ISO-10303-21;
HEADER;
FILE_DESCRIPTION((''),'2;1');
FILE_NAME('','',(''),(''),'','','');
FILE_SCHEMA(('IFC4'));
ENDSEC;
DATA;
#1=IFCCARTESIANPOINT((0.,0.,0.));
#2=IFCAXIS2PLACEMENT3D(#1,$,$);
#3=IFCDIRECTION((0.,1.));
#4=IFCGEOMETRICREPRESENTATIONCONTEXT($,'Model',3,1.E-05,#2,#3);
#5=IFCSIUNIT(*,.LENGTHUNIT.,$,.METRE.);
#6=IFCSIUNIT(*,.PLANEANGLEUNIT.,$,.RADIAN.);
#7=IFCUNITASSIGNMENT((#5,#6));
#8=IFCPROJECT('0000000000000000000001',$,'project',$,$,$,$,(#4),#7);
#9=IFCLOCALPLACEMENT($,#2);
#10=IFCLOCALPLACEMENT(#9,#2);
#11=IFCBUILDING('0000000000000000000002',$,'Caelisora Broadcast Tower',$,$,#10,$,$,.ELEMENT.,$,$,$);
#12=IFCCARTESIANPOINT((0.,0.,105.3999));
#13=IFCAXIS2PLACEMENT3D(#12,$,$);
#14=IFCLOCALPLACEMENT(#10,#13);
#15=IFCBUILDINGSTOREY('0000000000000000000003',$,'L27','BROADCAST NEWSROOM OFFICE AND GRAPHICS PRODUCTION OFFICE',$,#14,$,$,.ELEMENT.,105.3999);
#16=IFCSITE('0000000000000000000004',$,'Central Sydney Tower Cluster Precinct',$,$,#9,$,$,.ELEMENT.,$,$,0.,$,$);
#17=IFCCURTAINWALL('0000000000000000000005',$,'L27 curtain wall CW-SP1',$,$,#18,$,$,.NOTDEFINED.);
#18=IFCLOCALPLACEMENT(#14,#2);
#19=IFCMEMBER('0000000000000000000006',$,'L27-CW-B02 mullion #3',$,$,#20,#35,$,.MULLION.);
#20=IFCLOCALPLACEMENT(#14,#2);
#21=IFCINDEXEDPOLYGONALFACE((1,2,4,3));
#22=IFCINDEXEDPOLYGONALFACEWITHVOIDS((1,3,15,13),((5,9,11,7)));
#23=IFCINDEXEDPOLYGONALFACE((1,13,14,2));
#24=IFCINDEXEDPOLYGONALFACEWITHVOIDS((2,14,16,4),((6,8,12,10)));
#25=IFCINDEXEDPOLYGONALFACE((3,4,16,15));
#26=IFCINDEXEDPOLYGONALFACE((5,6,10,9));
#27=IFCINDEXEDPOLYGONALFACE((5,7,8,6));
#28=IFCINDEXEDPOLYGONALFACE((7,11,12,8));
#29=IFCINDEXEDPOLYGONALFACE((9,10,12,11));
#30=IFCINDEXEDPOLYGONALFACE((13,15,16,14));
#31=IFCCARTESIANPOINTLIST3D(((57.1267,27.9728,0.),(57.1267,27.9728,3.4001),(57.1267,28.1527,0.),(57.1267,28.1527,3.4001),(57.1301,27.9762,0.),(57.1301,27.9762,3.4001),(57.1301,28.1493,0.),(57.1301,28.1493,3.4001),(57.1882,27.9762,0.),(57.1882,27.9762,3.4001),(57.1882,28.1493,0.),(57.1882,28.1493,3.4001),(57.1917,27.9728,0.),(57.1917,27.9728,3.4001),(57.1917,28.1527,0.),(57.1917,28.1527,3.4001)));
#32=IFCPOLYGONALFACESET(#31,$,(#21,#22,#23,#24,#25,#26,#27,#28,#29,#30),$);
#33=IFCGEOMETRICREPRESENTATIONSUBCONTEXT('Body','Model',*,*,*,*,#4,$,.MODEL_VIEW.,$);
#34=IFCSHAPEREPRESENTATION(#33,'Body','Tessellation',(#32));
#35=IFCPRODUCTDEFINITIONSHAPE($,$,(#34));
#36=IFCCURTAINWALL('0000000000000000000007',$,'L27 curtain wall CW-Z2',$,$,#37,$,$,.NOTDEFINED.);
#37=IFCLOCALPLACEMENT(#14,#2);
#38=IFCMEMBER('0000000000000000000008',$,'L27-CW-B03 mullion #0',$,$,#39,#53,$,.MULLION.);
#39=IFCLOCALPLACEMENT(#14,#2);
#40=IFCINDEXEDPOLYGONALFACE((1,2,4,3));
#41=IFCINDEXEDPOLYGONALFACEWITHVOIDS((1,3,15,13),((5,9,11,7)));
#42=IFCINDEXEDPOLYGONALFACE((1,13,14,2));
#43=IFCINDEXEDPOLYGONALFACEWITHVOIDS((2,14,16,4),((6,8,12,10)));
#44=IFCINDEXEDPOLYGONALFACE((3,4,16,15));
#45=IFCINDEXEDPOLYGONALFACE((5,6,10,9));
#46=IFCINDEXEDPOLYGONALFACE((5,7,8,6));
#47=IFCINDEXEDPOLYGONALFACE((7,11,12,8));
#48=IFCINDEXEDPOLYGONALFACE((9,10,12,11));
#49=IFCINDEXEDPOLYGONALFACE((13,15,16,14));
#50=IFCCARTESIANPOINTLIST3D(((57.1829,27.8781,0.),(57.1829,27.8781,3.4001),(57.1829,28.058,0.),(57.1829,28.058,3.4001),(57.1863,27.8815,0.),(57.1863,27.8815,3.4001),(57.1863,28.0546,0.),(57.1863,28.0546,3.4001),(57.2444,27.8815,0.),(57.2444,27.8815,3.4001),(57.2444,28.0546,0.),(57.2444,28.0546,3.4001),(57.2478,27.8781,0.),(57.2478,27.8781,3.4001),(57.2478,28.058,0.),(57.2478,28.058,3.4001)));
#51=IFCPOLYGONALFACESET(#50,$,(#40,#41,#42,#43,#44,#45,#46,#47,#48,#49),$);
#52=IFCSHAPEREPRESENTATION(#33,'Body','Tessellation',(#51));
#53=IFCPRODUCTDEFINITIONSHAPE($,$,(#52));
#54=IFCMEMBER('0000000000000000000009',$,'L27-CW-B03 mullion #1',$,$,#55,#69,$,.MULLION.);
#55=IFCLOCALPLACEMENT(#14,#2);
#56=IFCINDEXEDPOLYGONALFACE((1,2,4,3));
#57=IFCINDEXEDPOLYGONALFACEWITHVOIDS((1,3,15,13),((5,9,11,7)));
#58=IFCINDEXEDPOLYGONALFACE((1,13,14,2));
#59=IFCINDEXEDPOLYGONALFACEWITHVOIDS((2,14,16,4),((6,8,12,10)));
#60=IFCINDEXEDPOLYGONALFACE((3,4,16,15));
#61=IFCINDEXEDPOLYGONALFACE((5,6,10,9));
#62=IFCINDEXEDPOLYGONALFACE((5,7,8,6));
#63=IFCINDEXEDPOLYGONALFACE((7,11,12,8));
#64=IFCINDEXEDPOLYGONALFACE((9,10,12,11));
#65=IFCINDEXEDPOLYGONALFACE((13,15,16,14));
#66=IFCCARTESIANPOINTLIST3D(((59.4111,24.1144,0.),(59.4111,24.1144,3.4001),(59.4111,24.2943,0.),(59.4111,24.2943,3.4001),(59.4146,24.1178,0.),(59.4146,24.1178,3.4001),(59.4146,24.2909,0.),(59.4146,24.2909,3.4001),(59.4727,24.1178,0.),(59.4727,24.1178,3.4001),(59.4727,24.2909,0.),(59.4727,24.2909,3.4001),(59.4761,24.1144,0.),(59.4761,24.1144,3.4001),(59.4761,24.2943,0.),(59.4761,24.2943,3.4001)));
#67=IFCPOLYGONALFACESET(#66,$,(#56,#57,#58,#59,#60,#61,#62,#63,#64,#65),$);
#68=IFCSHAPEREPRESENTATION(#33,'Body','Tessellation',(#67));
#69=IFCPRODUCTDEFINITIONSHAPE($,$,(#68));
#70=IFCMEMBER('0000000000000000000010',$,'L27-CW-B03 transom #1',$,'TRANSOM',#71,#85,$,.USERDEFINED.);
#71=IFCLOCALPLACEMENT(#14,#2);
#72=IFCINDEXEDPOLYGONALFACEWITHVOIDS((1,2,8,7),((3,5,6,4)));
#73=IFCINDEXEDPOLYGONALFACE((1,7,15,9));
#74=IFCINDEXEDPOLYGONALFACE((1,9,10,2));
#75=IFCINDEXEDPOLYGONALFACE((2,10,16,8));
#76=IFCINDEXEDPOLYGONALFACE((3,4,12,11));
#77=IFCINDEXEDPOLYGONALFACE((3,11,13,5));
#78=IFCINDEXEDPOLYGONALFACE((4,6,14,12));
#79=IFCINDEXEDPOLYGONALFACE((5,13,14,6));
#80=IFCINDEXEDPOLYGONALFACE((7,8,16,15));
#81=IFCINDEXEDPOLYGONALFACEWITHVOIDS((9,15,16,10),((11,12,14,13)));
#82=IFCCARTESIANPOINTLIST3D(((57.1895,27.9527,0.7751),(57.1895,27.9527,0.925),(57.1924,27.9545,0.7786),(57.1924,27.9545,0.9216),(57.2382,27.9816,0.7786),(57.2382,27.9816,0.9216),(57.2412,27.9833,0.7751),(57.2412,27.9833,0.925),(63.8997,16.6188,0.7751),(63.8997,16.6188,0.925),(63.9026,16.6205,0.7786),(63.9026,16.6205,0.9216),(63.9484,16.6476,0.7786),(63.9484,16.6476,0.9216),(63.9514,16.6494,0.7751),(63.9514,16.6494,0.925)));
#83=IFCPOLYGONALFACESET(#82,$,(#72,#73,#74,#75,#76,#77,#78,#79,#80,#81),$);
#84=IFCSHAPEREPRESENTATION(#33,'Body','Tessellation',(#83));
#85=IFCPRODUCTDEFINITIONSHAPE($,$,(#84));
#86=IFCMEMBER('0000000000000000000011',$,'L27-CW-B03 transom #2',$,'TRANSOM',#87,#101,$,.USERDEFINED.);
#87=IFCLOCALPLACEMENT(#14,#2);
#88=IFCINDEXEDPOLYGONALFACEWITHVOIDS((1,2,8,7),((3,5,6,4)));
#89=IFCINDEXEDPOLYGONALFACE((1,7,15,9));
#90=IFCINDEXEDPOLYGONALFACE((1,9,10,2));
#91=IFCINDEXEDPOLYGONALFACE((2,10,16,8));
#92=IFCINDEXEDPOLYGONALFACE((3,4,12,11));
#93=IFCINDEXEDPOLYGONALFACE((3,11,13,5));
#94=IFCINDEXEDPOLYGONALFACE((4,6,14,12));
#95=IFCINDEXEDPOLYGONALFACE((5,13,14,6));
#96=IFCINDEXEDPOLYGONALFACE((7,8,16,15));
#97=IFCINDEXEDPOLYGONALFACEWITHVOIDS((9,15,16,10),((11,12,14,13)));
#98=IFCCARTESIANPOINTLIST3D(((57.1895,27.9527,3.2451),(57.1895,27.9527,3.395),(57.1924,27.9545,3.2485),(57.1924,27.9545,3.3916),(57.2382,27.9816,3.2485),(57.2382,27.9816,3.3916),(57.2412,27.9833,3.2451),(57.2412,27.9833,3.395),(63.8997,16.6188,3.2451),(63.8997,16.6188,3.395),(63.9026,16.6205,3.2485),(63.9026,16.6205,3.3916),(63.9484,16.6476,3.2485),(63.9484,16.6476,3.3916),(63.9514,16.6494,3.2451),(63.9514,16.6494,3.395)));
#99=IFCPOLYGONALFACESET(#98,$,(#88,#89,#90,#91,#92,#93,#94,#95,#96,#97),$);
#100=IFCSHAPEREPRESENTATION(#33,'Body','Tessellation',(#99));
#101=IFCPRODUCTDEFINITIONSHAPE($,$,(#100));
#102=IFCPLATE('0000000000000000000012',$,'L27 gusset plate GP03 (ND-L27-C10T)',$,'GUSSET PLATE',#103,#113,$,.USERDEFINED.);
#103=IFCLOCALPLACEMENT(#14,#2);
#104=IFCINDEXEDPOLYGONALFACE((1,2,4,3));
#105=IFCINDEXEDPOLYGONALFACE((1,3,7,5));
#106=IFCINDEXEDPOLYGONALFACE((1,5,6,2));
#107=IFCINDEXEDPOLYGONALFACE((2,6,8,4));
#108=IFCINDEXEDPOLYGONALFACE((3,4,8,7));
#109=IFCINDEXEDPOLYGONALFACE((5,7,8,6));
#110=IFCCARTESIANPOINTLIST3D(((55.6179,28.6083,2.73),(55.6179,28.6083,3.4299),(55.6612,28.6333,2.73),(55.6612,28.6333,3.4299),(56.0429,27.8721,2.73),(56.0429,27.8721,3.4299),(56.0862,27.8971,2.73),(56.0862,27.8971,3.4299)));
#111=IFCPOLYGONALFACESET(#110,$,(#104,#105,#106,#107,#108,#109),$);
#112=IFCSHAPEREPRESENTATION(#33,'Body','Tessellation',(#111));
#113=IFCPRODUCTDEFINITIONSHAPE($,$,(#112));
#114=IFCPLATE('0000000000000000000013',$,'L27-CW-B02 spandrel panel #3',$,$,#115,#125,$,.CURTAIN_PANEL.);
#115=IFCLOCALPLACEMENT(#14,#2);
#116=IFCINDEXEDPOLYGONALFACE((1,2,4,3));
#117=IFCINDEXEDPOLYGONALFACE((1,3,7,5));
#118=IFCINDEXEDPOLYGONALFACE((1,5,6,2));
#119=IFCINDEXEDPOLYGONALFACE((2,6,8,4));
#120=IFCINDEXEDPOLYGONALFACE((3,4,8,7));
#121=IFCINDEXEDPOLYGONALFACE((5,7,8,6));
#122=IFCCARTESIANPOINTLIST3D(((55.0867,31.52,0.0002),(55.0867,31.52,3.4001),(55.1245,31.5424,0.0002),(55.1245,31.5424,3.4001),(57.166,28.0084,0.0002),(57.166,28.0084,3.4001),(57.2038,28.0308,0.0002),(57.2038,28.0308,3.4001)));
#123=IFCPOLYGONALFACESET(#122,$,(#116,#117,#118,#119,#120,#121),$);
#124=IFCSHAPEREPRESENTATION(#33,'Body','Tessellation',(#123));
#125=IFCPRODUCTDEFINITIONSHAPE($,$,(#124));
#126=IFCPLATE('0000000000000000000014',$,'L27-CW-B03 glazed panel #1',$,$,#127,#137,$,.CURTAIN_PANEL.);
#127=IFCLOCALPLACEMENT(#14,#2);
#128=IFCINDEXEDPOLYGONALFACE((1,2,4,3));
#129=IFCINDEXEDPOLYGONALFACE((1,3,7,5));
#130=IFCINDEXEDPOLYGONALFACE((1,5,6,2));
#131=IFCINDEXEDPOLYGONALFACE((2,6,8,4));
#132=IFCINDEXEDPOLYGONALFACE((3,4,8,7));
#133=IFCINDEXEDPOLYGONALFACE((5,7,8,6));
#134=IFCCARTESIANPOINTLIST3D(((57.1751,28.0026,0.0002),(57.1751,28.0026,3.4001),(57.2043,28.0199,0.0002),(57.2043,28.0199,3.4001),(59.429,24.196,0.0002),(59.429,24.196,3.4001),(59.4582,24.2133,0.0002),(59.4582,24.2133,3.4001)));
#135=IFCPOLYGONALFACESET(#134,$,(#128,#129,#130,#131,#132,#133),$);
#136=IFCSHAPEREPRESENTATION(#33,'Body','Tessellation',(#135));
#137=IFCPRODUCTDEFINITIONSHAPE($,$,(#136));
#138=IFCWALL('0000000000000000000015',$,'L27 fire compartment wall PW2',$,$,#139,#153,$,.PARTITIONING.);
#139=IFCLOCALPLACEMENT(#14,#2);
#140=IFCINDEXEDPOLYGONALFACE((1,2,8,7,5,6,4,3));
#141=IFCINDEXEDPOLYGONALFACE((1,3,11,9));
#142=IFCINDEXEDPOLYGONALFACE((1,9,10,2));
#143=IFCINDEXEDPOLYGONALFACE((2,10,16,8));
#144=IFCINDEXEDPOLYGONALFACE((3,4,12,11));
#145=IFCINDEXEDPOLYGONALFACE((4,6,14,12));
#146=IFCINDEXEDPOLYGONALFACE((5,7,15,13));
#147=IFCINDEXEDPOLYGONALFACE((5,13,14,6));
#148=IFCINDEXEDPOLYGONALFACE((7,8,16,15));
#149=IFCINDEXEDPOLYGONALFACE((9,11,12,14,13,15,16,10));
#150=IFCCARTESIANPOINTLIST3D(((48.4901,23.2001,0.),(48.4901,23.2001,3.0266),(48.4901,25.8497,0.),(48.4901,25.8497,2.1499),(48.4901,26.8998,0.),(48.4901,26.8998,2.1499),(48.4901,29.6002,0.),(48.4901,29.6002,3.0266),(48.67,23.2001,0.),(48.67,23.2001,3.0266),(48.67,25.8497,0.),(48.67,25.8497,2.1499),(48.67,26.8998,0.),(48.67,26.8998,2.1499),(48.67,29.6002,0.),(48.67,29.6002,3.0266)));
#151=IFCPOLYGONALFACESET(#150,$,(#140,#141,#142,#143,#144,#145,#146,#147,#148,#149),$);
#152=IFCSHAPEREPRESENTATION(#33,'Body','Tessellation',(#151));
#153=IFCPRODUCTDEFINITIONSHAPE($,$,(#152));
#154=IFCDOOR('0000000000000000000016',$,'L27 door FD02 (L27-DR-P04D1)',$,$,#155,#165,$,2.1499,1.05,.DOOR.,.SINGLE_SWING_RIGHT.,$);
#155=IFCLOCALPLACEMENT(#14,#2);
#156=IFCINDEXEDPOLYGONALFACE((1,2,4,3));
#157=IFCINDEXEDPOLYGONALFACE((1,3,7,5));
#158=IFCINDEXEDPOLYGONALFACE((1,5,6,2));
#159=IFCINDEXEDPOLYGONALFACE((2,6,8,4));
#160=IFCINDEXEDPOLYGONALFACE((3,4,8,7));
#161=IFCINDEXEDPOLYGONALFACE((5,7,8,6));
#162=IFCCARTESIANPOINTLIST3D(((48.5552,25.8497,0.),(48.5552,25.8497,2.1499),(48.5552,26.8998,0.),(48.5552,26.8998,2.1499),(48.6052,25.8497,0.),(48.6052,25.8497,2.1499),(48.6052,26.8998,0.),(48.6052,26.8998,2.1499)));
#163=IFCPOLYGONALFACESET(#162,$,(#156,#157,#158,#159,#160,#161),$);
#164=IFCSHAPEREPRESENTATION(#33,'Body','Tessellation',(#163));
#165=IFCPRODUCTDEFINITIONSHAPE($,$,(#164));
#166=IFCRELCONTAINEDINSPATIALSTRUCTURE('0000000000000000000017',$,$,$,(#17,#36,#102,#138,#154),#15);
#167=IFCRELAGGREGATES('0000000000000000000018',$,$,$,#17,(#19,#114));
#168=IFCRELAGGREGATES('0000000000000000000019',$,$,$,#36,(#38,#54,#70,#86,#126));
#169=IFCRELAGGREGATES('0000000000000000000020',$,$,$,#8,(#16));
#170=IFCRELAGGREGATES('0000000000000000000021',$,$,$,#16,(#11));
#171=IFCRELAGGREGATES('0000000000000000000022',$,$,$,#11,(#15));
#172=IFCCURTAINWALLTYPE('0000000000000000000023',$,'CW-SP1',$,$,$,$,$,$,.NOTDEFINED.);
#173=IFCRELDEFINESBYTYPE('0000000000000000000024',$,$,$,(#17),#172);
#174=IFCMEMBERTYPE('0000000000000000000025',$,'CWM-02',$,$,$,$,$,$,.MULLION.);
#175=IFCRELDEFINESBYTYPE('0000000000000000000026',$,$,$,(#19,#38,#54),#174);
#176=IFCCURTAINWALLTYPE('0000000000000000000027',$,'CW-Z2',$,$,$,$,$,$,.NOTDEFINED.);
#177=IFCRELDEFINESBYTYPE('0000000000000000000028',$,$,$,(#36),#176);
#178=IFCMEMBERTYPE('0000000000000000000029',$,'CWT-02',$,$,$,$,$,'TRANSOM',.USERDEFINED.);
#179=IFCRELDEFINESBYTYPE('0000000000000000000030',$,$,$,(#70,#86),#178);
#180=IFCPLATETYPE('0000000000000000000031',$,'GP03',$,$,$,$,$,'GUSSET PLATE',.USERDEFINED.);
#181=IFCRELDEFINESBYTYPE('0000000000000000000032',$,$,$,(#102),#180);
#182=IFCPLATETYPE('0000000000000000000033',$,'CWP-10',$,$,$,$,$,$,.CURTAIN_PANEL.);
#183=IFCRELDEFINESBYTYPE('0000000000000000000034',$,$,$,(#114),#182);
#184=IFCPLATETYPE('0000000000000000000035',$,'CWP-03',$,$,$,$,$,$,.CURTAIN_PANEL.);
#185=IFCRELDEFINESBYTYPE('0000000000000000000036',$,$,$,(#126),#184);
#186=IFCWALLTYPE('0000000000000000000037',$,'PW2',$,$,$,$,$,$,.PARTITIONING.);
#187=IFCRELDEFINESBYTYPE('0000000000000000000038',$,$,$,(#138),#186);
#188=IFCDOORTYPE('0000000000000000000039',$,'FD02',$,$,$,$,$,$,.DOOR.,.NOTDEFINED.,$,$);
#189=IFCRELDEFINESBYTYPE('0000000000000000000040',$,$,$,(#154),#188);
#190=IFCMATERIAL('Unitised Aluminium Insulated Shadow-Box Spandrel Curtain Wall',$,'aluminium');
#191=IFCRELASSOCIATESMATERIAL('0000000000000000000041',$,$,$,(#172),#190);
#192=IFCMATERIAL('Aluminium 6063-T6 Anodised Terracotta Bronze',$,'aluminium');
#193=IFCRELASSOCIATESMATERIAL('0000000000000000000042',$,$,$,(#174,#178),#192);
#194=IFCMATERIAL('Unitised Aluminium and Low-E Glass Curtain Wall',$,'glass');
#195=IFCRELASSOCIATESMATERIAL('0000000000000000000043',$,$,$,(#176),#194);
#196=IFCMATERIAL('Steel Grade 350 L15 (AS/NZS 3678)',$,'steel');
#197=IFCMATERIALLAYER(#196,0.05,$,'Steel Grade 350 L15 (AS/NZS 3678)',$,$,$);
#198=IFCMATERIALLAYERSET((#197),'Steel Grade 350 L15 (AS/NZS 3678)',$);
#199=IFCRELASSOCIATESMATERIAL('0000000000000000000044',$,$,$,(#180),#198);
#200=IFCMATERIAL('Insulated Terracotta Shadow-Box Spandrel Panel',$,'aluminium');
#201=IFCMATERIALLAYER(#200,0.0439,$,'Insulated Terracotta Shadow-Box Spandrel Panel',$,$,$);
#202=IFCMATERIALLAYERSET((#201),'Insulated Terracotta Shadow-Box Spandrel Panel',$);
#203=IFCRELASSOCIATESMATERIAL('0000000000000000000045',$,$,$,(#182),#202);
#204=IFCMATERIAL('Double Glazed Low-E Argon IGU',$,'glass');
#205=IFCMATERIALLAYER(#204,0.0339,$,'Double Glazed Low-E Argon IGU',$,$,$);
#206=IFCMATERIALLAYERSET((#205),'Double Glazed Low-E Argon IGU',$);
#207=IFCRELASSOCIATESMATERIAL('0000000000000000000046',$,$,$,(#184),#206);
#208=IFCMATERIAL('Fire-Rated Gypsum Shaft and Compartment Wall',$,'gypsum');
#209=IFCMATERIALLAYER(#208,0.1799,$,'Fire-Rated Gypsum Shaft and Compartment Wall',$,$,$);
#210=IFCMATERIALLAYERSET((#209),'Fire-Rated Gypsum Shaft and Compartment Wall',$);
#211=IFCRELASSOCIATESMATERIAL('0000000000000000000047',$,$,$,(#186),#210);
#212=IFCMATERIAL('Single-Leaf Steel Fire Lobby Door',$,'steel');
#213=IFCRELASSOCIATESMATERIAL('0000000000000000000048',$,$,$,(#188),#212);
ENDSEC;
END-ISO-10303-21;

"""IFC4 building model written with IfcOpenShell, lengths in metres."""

from ifc_helpers import new_model, si_unit, direction, frame, frame_2d, origin, origin_2d, place, context, subcontext, project, spatial, rectangle, hollow_rectangle, extrude, source, transform, mapped, material, layer, layer_set, material_profile, profile_set, type_object, type_shapes, element, fill, aggregate, save


model = new_model("IFC4")

# Units and contexts
model_context = context("Model", 3, precision=1e-05, world=origin(), true_north=direction((0.0, 1.0)))
body_context = subcontext(model_context, "Body", "Model", "MODEL_VIEW")
ifc_project = project(units=[si_unit("LENGTHUNIT", "METRE"), si_unit("PLANEANGLEUNIT", "RADIAN")], contexts=[model_context])

# Site, building, storey
site_placement = place(None, origin())
site = spatial("IfcSite", under=ifc_project, at=site_placement, Name="Central Sydney Tower Cluster Precinct", CompositionType="ELEMENT", RefElevation=0.0)
building_placement = place(site_placement, origin())
building = spatial("IfcBuilding", under=site, at=building_placement, Name="Caelisora Broadcast Tower", CompositionType="ELEMENT")
storey_placement = place(building_placement, frame((0.0, 0.0, 105.3999)))
storey = spatial("IfcBuildingStorey", under=building, at=storey_placement, Name="L27", Description="BROADCAST NEWSROOM OFFICE AND GRAPHICS PRODUCTION OFFICE", CompositionType="ELEMENT", Elevation=105.3999)

# Shared definitions
ifc_material_1 = material(Name="Steel Grade 350 L15 (AS/NZS 3678)", Category="steel")

# Curtain wall, member
ifc_material_2 = material(Name="Unitised Aluminium Insulated Shadow-Box Spandrel Curtain Wall", Category="aluminium")
curtain_wall_type_1 = type_object("IfcCurtainWallType", Name="CW-SP1", PredefinedType="NOTDEFINED", material=ifc_material_2)
curtain_wall_1_placement = place(storey_placement, origin())
curtain_wall_1 = element("IfcCurtainWall", 1, at=curtain_wall_1_placement, inside=storey, type_object=curtain_wall_type_1, Name="L27 curtain wall CW-SP1", PredefinedType="NOTDEFINED")
ifc_material_3 = material(Name="Aluminium 6063-T6 Anodised Terracotta Bronze", Category="aluminium")
ifc_material_profile_1 = material_profile(ifc_material_3, hollow_rectangle(XDim=0.0649, YDim=0.1799, WallThickness=0.0034, at=origin_2d()), Name="Aluminium 6063-T6 Anodised Terracotta Bronze")
ifc_profile_set_1 = profile_set([ifc_material_profile_1], Name="Aluminium 6063-T6 Anodised Terracotta Bronze")
member_type_1 = type_object("IfcMemberType", Name="CWM-02", PredefinedType="MULLION", material=ifc_profile_set_1)
shared_shape_1 = source(origin(), body_context, "Body", "SweptSolid", [
    extrude(hollow_rectangle(XDim=0.0649, YDim=0.1799, WallThickness=0.0034, at=origin_2d()), origin(), (0.0, 0.0, 1.0), 3.4001),
])
type_shapes(member_type_1, [shared_shape_1])
member_1_placement = place(storey_placement, frame((57.1592, 28.0627, 0.0), z_axis=(0.0, 0.0, 1.0), x_axis=(1.0, 0.0, 0.0)))
member_1 = element("IfcMember", 2, at=member_1_placement, type_object=member_type_1, Name="L27-CW-B02 mullion #3", PredefinedType="MULLION", context=body_context, shape_type="MappedRepresentation", body=[
    mapped(shared_shape_1, transform((0.0, 0.0, 0.0), scale=1.0)),
])

# Curtain wall, members
ifc_material_4 = material(Name="Unitised Aluminium and Low-E Glass Curtain Wall", Category="glass")
curtain_wall_type_2 = type_object("IfcCurtainWallType", Name="CW-Z2", PredefinedType="NOTDEFINED", material=ifc_material_4)
curtain_wall_2_placement = place(storey_placement, origin())
curtain_wall_2 = element("IfcCurtainWall", 3, at=curtain_wall_2_placement, inside=storey, type_object=curtain_wall_type_2, Name="L27 curtain wall CW-Z2", PredefinedType="NOTDEFINED")
member_2_placement = place(storey_placement, frame((57.2153, 27.968, 0.0), z_axis=(0.0, 0.0, 1.0), x_axis=(1.0, 0.0, 0.0)))
member_2 = element("IfcMember", 4, at=member_2_placement, type_object=member_type_1, Name="L27-CW-B03 mullion #0", PredefinedType="MULLION", context=body_context, shape_type="MappedRepresentation", body=[
    mapped(shared_shape_1, transform((0.0, 0.0, 0.0), scale=1.0)),
])
member_3_placement = place(storey_placement, frame((59.4436, 24.2043, 0.0), z_axis=(0.0, 0.0, 1.0), x_axis=(1.0, 0.0, 0.0)))
member_3 = element("IfcMember", 5, at=member_3_placement, type_object=member_type_1, Name="L27-CW-B03 mullion #1", PredefinedType="MULLION", context=body_context, shape_type="MappedRepresentation", body=[
    mapped(shared_shape_1, transform((0.0, 0.0, 0.0), scale=1.0)),
])
ifc_material_profile_2 = material_profile(ifc_material_3, hollow_rectangle(XDim=0.0601, YDim=0.1499, WallThickness=0.0034, at=origin_2d()), Name="Aluminium 6063-T6 Anodised Terracotta Bronze")
ifc_profile_set_2 = profile_set([ifc_material_profile_2], Name="Aluminium 6063-T6 Anodised Terracotta Bronze")
member_type_2 = type_object("IfcMemberType", Name="CWT-02", ElementType="TRANSOM", PredefinedType="USERDEFINED", material=ifc_profile_set_2)
shared_shape_2 = source(origin(), body_context, "Body", "SweptSolid", [
    extrude(hollow_rectangle(XDim=0.0601, YDim=0.1499, WallThickness=0.0034, at=origin_2d()), origin(), (0.0, 0.0, 1.0), 13.1714),
])
type_shapes(member_type_2, [shared_shape_2])
member_4_placement = place(storey_placement, frame((57.2153, 27.968, 0.8501), z_axis=(0.509452, -0.860499, 0.0), x_axis=(0.860499, 0.509452, 0.0)))
member_4 = element("IfcMember", 6, at=member_4_placement, type_object=member_type_2, Name="L27-CW-B03 transom #1", ObjectType="TRANSOM", PredefinedType="USERDEFINED", context=body_context, shape_type="MappedRepresentation", body=[
    mapped(shared_shape_2, transform((0.0, 0.0, 0.0), scale=1.0)),
])
member_5_placement = place(storey_placement, frame((57.2153, 27.968, 3.3201), z_axis=(0.509452, -0.860499, 0.0), x_axis=(0.860499, 0.509452, 0.0)))
member_5 = element("IfcMember", 7, at=member_5_placement, type_object=member_type_2, Name="L27-CW-B03 transom #2", ObjectType="TRANSOM", PredefinedType="USERDEFINED", context=body_context, shape_type="MappedRepresentation", body=[
    mapped(shared_shape_2, transform((0.0, 0.0, 0.0), scale=1.0)),
])

# Plates
ifc_layer_1 = layer(ifc_material_1, 0.05, Name="Steel Grade 350 L15 (AS/NZS 3678)")
ifc_layer_set_1 = layer_set([ifc_layer_1], Name="Steel Grade 350 L15 (AS/NZS 3678)")
plate_type_1 = type_object("IfcPlateType", Name="GP03", ElementType="GUSSET PLATE", PredefinedType="USERDEFINED", material=ifc_layer_set_1)
shared_shape_3 = source(origin(), body_context, "Body", "SweptSolid", [
    extrude(rectangle(XDim=0.8501, YDim=0.05, at=origin_2d()), origin(), (0.0, 0.0, 1.0), 0.7),
])
type_shapes(plate_type_1, [shared_shape_3])
plate_1_placement = place(storey_placement, frame((55.8521, 28.2527, 2.73), z_axis=(0.0, 0.0, 1.0), x_axis=(-0.5, 0.866025, 0.0)))
element("IfcPlate", 8, at=plate_1_placement, inside=storey, type_object=plate_type_1, Name="L27 gusset plate GP03 (ND-L27-C10T)", ObjectType="GUSSET PLATE", PredefinedType="USERDEFINED", context=body_context, shape_type="MappedRepresentation", body=[
    mapped(shared_shape_3, transform((0.0, 0.0, 0.0), scale=1.0)),
])
ifc_material_5 = material(Name="Insulated Terracotta Shadow-Box Spandrel Panel", Category="aluminium")
ifc_layer_2 = layer(ifc_material_5, 0.0439, Name="Insulated Terracotta Shadow-Box Spandrel Panel")
ifc_layer_set_2 = layer_set([ifc_layer_2], Name="Insulated Terracotta Shadow-Box Spandrel Panel")
plate_type_2 = type_object("IfcPlateType", Name="CWP-10", PredefinedType="CURTAIN_PANEL", material=ifc_layer_set_2)
shared_shape_4 = source(origin(), body_context, "Body", "SweptSolid", [
    extrude(rectangle(XDim=4.0811, YDim=0.0439, at=origin_2d()), origin(), (0.0, 0.0, 1.0), 3.3999),
])
type_shapes(plate_type_2, [shared_shape_4])
plate_2_placement = place(storey_placement, frame((56.1453, 29.7754, 0.0002), z_axis=(0.0, 0.0, 1.0), x_axis=(0.509492, -0.860475, 0.0)))
plate_2 = element("IfcPlate", 9, at=plate_2_placement, type_object=plate_type_2, Name="L27-CW-B02 spandrel panel #3", PredefinedType="CURTAIN_PANEL", context=body_context, shape_type="MappedRepresentation", body=[
    mapped(shared_shape_4, transform((0.0, 0.0, 0.0), scale=1.0)),
])
aggregate(curtain_wall_1, [member_1, plate_2])
ifc_material_6 = material(Name="Double Glazed Low-E Argon IGU", Category="glass")
ifc_layer_3 = layer(ifc_material_6, 0.0339, Name="Double Glazed Low-E Argon IGU")
ifc_layer_set_3 = layer_set([ifc_layer_3], Name="Double Glazed Low-E Argon IGU")
plate_type_3 = type_object("IfcPlateType", Name="CWP-03", PredefinedType="CURTAIN_PANEL", material=ifc_layer_set_3)
shared_shape_5 = source(origin(), body_context, "Body", "SweptSolid", [
    extrude(rectangle(XDim=4.4238, YDim=0.0339, at=origin_2d()), origin(), (0.0, 0.0, 1.0), 3.3999),
])
type_shapes(plate_type_3, [shared_shape_5])
plate_3_placement = place(storey_placement, frame((58.3167, 26.1079, 0.0002), z_axis=(0.0, 0.0, 1.0), x_axis=(0.509492, -0.860475, 0.0)))
plate_3 = element("IfcPlate", 10, at=plate_3_placement, type_object=plate_type_3, Name="L27-CW-B03 glazed panel #1", PredefinedType="CURTAIN_PANEL", context=body_context, shape_type="MappedRepresentation", body=[
    mapped(shared_shape_5, transform((0.0, 0.0, 0.0), scale=1.0)),
])
aggregate(curtain_wall_2, [member_2, member_3, member_4, member_5, plate_3])

# Wall, opening, door
ifc_material_7 = material(Name="Fire-Rated Gypsum Shaft and Compartment Wall", Category="gypsum")
ifc_layer_4 = layer(ifc_material_7, 0.1799, Name="Fire-Rated Gypsum Shaft and Compartment Wall")
ifc_layer_set_4 = layer_set([ifc_layer_4], Name="Fire-Rated Gypsum Shaft and Compartment Wall")
wall_type_1 = type_object("IfcWallType", Name="PW2", PredefinedType="PARTITIONING", material=ifc_layer_set_4)
wall_1_placement = place(storey_placement, frame((48.5801, 23.2, 0.0), z_axis=(0.0, 0.0, 1.0), x_axis=(0.0, 1.0, 0.0)))
wall_1 = element("IfcWall", 11, at=wall_1_placement, inside=storey, type_object=wall_type_1, Name="L27 fire compartment wall PW2", PredefinedType="PARTITIONING", context=body_context, shape_type="SweptSolid", body=[
    extrude(rectangle(XDim=6.4001, YDim=0.1799, at=frame_2d((3.2002, 0.0))), origin(), (0.0, 0.0, 1.0), 3.0266),
])
opening_1_placement = place(wall_1_placement, frame((2.6499, 0.0, 0.0)))
opening_1 = element("IfcOpeningElement", 12, at=opening_1_placement, cuts=wall_1, PredefinedType="OPENING", context=body_context, shape_type="SweptSolid", body=[
    extrude(rectangle(XDim=1.05, YDim=2.1499, at=frame_2d((0.5249, 1.075))), frame((0.0, 0.1021, 0.0), z_axis=(0.0, -1.0, 0.0), x_axis=(1.0, 0.0, 0.0)), (0.0, 0.0, 1.0), 0.2039),
])
ifc_material_8 = material(Name="Single-Leaf Steel Fire Lobby Door", Category="steel")
door_type_1 = type_object("IfcDoorType", Name="FD02", OperationType="NOTDEFINED", PredefinedType="DOOR", material=ifc_material_8)
door_1_placement = place(opening_1_placement, origin())
door_1 = element("IfcDoor", 13, at=door_1_placement, inside=storey, type_object=door_type_1, Name="L27 door FD02 (L27-DR-P04D1)", OperationType="SINGLE_SWING_RIGHT", OverallHeight=2.1499, OverallWidth=1.05, PredefinedType="DOOR", context=body_context, shape_type="SweptSolid", body=[
    extrude(rectangle(XDim=1.05, YDim=2.1499, at=frame_2d((0.5249, 1.075))), frame((0.0, 0.0249, 0.0), z_axis=(0.0, -1.0, 0.0), x_axis=(1.0, 0.0, 0.0)), (0.0, 0.0, 1.0), 0.05),
])
fill(opening_1, door_1)

save(model, "model.ifc")
